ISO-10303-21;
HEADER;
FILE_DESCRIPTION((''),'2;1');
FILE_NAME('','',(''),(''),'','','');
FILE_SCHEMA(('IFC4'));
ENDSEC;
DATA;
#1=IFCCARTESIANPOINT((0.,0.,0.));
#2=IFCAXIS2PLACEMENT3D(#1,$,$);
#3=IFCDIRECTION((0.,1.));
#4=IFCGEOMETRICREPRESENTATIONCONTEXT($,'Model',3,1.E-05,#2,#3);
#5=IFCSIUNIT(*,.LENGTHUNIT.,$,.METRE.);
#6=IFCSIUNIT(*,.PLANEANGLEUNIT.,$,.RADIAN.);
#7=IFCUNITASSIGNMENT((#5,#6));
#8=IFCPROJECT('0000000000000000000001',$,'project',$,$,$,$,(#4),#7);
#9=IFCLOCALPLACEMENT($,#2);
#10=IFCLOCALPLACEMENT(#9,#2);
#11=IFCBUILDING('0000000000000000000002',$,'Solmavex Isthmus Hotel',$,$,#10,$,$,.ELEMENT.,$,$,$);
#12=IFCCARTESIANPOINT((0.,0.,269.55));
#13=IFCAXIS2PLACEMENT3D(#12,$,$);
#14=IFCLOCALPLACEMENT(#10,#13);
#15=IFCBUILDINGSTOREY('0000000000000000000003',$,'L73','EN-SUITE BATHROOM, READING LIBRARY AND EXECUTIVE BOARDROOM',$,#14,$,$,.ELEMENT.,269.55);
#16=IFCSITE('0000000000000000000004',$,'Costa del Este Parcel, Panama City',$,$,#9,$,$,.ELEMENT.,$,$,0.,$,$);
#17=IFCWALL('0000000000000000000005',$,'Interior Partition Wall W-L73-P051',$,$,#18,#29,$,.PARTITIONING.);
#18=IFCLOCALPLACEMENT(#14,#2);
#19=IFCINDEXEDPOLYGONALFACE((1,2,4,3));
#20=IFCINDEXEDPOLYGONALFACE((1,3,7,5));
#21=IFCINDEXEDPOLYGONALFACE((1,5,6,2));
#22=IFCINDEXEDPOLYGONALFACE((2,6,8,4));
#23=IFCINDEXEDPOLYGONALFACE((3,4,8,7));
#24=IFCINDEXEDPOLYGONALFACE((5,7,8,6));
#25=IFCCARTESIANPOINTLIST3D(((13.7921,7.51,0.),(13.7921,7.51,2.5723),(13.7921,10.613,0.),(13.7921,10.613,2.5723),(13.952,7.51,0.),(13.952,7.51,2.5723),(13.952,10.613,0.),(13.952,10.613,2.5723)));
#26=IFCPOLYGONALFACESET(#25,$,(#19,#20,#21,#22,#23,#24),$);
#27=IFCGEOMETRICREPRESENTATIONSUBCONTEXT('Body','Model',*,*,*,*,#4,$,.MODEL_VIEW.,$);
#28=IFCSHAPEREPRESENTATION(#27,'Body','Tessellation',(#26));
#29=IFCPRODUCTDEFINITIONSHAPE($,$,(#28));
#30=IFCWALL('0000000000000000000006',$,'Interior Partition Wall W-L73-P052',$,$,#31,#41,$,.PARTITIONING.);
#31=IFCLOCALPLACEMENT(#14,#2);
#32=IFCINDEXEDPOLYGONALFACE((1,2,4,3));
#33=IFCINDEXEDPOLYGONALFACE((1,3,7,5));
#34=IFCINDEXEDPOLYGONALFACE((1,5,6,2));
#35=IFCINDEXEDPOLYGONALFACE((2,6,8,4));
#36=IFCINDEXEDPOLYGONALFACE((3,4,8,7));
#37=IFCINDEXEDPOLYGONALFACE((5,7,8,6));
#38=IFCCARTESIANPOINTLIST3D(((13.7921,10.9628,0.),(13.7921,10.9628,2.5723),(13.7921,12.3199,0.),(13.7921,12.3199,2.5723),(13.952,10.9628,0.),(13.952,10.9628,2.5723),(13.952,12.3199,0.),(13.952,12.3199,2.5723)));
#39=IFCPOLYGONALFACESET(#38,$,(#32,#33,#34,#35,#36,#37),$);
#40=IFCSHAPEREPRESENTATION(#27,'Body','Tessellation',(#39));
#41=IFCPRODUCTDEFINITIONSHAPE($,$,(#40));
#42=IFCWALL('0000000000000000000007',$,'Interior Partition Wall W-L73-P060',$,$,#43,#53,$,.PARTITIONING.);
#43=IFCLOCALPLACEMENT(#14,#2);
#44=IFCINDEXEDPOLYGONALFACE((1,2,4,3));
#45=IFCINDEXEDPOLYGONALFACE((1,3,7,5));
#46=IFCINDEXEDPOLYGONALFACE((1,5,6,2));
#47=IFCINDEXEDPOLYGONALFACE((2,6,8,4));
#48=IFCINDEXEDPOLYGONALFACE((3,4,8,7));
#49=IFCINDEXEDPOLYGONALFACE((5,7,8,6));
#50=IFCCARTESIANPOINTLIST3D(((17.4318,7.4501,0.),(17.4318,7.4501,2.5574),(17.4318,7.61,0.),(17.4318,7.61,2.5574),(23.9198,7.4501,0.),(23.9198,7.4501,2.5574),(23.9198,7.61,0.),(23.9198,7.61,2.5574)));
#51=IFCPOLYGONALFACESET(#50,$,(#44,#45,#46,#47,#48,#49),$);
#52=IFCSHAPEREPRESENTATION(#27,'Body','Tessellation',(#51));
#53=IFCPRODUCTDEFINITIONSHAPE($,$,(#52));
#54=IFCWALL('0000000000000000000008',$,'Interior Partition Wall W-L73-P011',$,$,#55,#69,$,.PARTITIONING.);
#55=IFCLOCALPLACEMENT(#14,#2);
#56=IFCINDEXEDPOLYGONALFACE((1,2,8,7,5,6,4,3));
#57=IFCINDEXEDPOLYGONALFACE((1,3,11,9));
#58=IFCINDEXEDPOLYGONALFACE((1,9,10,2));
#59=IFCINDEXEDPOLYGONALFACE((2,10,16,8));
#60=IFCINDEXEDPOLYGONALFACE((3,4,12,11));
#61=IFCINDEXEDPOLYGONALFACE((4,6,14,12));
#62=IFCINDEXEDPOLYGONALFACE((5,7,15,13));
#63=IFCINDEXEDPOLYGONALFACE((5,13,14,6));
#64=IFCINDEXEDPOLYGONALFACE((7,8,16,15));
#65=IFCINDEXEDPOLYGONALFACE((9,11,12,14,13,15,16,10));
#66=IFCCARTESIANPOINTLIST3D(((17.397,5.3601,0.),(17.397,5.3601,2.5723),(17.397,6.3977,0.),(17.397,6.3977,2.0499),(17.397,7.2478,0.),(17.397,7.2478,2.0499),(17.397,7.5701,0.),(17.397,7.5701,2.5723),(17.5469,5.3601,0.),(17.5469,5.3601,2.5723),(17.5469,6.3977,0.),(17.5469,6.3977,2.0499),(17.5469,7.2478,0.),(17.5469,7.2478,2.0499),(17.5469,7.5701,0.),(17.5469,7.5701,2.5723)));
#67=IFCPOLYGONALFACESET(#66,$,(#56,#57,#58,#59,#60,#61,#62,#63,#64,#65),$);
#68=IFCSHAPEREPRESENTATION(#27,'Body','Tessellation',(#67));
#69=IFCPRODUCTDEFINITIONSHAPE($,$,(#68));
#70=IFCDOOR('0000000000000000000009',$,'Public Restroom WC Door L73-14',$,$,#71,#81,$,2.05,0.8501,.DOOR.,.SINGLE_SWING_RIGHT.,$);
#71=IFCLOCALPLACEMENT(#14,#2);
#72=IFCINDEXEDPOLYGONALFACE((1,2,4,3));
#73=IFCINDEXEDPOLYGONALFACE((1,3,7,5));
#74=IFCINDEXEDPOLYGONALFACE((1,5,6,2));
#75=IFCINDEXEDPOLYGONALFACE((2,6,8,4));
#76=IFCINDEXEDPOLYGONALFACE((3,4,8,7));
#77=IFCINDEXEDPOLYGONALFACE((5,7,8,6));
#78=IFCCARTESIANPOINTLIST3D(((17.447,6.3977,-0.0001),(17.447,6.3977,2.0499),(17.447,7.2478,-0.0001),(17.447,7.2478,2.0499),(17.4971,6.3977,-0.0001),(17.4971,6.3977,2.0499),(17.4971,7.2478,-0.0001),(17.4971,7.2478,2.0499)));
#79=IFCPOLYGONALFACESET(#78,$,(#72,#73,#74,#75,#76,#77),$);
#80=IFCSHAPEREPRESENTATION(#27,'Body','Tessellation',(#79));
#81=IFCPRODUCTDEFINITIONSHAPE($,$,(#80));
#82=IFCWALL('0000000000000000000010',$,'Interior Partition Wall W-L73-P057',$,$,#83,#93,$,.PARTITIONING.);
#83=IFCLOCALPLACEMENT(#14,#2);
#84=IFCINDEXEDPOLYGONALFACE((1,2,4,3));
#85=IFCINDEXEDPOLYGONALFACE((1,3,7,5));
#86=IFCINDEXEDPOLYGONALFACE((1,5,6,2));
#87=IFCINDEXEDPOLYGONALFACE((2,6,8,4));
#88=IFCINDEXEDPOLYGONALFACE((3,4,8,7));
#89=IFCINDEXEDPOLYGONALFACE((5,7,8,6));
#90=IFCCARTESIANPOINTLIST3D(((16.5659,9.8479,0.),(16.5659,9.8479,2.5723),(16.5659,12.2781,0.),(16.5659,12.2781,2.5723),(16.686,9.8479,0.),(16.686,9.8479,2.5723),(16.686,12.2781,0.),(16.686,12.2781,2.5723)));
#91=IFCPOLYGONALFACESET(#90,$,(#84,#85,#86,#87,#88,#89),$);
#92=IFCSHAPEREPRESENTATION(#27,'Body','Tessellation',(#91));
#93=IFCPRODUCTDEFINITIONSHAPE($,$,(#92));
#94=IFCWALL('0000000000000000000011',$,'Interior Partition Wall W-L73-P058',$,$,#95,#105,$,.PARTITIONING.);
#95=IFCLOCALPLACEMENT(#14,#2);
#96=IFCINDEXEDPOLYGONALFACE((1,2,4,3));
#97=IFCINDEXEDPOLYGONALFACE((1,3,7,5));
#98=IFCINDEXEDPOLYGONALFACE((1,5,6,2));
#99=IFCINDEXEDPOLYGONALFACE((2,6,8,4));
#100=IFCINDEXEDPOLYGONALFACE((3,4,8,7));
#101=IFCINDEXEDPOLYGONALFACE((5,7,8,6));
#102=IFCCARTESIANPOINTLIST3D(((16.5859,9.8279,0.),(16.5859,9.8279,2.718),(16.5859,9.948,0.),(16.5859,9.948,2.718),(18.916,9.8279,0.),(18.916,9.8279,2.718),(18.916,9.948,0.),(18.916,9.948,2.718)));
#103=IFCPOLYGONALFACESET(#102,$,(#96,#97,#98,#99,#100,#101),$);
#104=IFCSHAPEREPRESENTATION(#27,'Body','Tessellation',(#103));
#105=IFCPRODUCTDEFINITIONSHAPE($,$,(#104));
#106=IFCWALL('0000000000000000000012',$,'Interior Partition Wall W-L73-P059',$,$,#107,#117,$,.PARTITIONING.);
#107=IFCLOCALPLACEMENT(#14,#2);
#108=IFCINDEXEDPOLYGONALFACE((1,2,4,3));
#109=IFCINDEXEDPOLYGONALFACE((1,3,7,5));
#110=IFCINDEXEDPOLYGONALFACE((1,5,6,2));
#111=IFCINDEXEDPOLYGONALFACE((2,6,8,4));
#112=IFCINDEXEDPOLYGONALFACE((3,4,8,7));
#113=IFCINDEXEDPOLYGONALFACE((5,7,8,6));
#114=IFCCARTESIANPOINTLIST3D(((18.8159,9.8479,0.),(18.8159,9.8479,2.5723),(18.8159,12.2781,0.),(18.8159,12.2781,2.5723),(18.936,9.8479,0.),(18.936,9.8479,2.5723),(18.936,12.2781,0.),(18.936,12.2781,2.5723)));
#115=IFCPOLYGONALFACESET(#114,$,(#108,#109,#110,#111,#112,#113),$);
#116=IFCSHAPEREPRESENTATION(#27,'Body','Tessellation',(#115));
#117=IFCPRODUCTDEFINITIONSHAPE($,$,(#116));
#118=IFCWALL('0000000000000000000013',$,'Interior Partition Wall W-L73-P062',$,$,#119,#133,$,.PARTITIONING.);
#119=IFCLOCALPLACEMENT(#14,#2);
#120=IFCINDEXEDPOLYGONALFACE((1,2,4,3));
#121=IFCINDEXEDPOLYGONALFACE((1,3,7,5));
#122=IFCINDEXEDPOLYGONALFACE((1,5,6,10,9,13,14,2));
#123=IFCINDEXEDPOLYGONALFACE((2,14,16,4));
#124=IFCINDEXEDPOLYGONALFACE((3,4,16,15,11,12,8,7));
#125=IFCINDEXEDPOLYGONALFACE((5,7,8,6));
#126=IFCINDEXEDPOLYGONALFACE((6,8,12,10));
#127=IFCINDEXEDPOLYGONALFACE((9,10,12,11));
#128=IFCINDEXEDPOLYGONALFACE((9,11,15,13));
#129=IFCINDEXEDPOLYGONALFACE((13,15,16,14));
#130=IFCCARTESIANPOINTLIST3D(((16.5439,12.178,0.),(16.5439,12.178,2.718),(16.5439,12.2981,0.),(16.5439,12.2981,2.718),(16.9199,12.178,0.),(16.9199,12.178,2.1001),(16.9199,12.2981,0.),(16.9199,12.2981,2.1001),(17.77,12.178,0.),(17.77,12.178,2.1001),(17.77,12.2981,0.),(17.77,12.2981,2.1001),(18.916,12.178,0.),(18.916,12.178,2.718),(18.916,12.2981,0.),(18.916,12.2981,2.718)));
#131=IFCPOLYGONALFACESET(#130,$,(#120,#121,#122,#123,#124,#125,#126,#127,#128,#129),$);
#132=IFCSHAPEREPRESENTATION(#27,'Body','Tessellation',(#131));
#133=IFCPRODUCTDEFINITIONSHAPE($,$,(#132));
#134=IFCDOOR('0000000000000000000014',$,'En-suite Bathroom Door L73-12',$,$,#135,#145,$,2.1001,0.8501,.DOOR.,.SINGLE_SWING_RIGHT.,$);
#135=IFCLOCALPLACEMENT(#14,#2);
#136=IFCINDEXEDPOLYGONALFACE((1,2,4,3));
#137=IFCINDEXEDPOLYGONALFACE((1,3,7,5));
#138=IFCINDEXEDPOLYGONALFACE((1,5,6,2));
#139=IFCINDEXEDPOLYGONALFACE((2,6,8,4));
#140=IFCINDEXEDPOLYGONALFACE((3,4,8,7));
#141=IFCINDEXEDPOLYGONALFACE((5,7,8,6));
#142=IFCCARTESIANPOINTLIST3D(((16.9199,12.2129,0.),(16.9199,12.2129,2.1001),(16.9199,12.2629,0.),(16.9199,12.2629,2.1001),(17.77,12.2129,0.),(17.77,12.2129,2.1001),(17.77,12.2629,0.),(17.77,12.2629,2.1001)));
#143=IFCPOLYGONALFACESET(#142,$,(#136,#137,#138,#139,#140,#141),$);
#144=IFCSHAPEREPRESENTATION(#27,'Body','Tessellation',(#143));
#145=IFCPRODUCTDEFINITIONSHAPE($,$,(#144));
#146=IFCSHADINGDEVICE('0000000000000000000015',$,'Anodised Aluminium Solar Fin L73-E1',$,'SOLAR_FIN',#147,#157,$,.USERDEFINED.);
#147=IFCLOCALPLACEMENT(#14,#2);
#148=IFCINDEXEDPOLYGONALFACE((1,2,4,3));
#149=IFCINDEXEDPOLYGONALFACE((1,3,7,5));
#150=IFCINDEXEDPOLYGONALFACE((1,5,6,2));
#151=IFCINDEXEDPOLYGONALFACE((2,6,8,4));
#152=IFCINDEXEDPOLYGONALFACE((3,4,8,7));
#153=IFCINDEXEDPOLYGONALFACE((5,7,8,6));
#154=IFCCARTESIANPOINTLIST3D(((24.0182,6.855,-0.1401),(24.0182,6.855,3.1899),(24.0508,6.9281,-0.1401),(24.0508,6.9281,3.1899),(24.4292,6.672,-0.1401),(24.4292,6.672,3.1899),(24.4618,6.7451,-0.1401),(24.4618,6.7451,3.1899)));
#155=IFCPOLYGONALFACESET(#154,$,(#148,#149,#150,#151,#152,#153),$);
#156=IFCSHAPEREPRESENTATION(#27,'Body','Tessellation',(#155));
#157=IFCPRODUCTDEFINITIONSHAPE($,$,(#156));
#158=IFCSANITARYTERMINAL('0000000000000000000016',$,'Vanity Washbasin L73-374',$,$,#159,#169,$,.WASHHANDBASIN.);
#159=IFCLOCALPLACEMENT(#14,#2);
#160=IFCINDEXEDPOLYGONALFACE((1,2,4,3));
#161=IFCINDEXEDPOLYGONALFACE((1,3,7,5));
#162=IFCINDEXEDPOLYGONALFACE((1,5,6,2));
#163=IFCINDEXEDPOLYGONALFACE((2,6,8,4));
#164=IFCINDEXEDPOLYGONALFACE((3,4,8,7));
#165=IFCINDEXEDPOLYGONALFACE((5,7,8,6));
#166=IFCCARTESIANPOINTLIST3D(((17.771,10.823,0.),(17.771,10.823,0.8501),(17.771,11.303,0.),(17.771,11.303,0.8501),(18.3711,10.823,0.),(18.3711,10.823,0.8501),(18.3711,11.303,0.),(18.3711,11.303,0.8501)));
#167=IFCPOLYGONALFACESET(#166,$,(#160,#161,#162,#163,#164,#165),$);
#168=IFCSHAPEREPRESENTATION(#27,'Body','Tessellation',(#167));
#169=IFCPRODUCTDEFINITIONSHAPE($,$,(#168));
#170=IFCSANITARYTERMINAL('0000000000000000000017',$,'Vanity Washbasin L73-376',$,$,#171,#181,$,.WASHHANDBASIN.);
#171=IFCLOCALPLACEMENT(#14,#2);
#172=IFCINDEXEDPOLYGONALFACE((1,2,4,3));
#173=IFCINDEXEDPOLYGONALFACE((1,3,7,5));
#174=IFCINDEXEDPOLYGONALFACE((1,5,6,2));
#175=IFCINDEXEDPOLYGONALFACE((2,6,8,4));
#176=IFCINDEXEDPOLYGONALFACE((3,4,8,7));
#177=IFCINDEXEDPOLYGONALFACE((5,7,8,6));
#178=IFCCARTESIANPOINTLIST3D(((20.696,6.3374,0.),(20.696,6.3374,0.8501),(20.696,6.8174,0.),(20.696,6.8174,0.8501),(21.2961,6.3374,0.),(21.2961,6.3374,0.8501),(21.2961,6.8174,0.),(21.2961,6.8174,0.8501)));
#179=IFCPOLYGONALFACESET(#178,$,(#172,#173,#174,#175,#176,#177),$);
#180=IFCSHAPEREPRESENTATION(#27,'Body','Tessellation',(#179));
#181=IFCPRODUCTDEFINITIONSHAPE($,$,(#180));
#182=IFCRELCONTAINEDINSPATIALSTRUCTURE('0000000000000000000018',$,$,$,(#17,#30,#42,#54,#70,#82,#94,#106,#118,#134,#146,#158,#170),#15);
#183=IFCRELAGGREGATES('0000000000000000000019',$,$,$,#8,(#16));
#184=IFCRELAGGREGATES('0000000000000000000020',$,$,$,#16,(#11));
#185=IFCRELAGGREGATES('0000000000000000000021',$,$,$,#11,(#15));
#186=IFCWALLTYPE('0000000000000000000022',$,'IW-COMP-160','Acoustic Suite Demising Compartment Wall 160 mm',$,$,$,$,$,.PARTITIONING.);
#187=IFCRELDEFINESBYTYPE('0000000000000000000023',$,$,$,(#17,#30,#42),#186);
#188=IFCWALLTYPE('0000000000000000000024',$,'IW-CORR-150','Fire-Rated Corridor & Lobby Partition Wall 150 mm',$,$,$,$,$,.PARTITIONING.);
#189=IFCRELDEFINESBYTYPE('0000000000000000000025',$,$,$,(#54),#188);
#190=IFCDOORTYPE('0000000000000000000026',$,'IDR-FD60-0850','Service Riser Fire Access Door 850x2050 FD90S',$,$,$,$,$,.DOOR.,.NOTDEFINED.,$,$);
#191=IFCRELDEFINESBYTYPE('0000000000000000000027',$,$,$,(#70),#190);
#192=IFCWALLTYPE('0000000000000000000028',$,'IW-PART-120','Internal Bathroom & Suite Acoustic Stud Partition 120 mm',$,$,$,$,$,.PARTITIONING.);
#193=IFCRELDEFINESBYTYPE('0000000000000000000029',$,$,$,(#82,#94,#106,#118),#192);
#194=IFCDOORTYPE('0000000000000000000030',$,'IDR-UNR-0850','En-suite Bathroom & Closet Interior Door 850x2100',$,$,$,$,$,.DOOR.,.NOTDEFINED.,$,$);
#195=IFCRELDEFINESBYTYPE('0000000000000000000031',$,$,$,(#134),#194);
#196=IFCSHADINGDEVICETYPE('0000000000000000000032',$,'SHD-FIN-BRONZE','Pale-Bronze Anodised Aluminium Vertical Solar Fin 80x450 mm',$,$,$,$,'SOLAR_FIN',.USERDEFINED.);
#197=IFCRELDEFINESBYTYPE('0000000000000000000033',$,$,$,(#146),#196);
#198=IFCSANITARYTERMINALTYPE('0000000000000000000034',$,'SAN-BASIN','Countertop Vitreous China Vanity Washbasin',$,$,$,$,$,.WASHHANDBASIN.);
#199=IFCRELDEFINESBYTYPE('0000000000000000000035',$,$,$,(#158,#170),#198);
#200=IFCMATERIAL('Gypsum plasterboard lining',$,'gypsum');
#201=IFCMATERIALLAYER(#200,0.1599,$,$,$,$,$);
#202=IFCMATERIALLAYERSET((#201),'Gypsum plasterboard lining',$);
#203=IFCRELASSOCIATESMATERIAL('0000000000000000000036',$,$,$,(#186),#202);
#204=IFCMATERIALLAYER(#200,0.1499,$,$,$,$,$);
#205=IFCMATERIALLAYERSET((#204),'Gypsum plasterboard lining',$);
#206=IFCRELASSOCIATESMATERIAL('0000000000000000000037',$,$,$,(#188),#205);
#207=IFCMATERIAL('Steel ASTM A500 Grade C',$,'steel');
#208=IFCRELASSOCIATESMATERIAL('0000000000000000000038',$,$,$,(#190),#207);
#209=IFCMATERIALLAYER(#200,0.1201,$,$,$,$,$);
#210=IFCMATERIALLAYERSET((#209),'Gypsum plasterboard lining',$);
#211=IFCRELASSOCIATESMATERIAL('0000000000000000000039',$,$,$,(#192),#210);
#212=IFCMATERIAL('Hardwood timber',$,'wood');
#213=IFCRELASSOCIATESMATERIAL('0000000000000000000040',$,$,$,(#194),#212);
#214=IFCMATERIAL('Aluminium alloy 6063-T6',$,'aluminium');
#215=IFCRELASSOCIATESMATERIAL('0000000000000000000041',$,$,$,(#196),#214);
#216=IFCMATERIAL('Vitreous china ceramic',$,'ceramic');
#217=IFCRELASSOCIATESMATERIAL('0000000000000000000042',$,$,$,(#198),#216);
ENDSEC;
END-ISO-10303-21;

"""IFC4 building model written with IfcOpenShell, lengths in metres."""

from ifc_helpers import new_model, si_unit, direction, frame, frame_2d, origin, origin_2d, place, context, subcontext, project, spatial, rectangle, extrude, material, layer, layer_set, type_object, element, fill, save


model = new_model("IFC4")

# Units and contexts
model_context = context("Model", 3, precision=1e-05, world=origin(), true_north=direction((0.0, 1.0)))
body_context = subcontext(model_context, "Body", "Model", "MODEL_VIEW")
ifc_project = project(units=[si_unit("LENGTHUNIT", "METRE"), si_unit("PLANEANGLEUNIT", "RADIAN")], contexts=[model_context])

# Site, building, storey
site_placement = place(None, origin())
site = spatial("IfcSite", under=ifc_project, at=site_placement, Name="Costa del Este Parcel, Panama City", CompositionType="ELEMENT", RefElevation=0.0)
building_placement = place(site_placement, origin())
building = spatial("IfcBuilding", under=site, at=building_placement, Name="Solmavex Isthmus Hotel", CompositionType="ELEMENT")
storey_placement = place(building_placement, frame((0.0, 0.0, 269.55)))
storey = spatial("IfcBuildingStorey", under=building, at=storey_placement, Name="L73", Description="EN-SUITE BATHROOM, READING LIBRARY AND EXECUTIVE BOARDROOM", CompositionType="ELEMENT", Elevation=269.55)

# Shared definitions
ifc_material_1 = material(Name="Aluminium alloy 6063-T6", Category="aluminium")

# Walls
ifc_material_2 = material(Name="Gypsum plasterboard lining", Category="gypsum")
ifc_layer_1 = layer(ifc_material_2, 0.1599)
ifc_layer_set_1 = layer_set([ifc_layer_1], Name="Gypsum plasterboard lining")
wall_type_1 = type_object("IfcWallType", Name="IW-COMP-160", Description="Acoustic Suite Demising Compartment Wall 160 mm", PredefinedType="PARTITIONING", material=ifc_layer_set_1)
wall_1_placement = place(storey_placement, frame((13.8721, 10.613, 0.0), z_axis=(0.0, 0.0, 1.0), x_axis=(0.0, -1.0, 0.0)))
element("IfcWall", 1, at=wall_1_placement, inside=storey, type_object=wall_type_1, Name="Interior Partition Wall W-L73-P051", PredefinedType="PARTITIONING", context=body_context, shape_type="SweptSolid", body=[
    extrude(rectangle(XDim=3.103, YDim=0.1599, at=frame_2d((1.5515, 0.0))), origin(), (0.0, 0.0, 1.0), 2.5723),
])
wall_2_placement = place(storey_placement, frame((13.8721, 12.3201, 0.0), z_axis=(0.0, 0.0, 1.0), x_axis=(0.0, -1.0, 0.0)))
element("IfcWall", 2, at=wall_2_placement, inside=storey, type_object=wall_type_1, Name="Interior Partition Wall W-L73-P052", PredefinedType="PARTITIONING", context=body_context, shape_type="SweptSolid", body=[
    extrude(rectangle(XDim=1.3572, YDim=0.1599, at=frame_2d((0.6787, 0.0))), origin(), (0.0, 0.0, 1.0), 2.5723),
])

# Shared definitions
ifc_material_3 = material(Name="Hardwood timber", Category="wood")

# Wall
wall_3_placement = place(storey_placement, frame((23.9199, 7.53, 0.0), z_axis=(0.0, 0.0, 1.0), x_axis=(-1.0, 0.0, 0.0)))
element("IfcWall", 3, at=wall_3_placement, inside=storey, type_object=wall_type_1, Name="Interior Partition Wall W-L73-P060", PredefinedType="PARTITIONING", context=body_context, shape_type="SweptSolid", body=[
    extrude(rectangle(XDim=6.488, YDim=0.1599, at=frame_2d((3.2441, 0.0))), origin(), (0.0, 0.0, 1.0), 2.5574),
])

# Wall, opening, door
ifc_layer_2 = layer(ifc_material_2, 0.1499)
ifc_layer_set_2 = layer_set([ifc_layer_2], Name="Gypsum plasterboard lining")
wall_type_2 = type_object("IfcWallType", Name="IW-CORR-150", Description="Fire-Rated Corridor & Lobby Partition Wall 150 mm", PredefinedType="PARTITIONING", material=ifc_layer_set_2)
wall_4_placement = place(storey_placement, frame((17.4719, 7.5701, 0.0), z_axis=(0.0, 0.0, 1.0), x_axis=(0.0, -1.0, 0.0)))
wall_4 = element("IfcWall", 4, at=wall_4_placement, inside=storey, type_object=wall_type_2, Name="Interior Partition Wall W-L73-P011", PredefinedType="PARTITIONING", context=body_context, shape_type="SweptSolid", body=[
    extrude(rectangle(XDim=2.21, YDim=0.1499, at=frame_2d((1.105, 0.0))), origin(), (0.0, 0.0, 1.0), 2.5723),
])
opening_1_placement = place(wall_4_placement, frame((0.3223, 0.0, 0.0)))
opening_1 = element("IfcOpeningElement", 5, at=opening_1_placement, cuts=wall_4, PredefinedType="OPENING", context=body_context, shape_type="SweptSolid", body=[
    extrude(rectangle(XDim=0.8501, YDim=2.05, at=frame_2d((0.425, 1.0249))), frame((0.0, 0.085, 0.0), z_axis=(0.0, -1.0, 0.0), x_axis=(1.0, 0.0, 0.0)), (0.0, 0.0, 1.0), 0.1699),
])
ifc_material_4 = material(Name="Steel ASTM A500 Grade C", Category="steel")
door_type_1 = type_object("IfcDoorType", Name="IDR-FD60-0850", Description="Service Riser Fire Access Door 850x2050 FD90S", OperationType="NOTDEFINED", PredefinedType="DOOR", material=ifc_material_4)
door_1_placement = place(opening_1_placement, frame((0.8501, 0.0, 0.0), z_axis=(0.0, 0.0, 1.0), x_axis=(-1.0, 0.0, 0.0)))
door_1 = element("IfcDoor", 6, at=door_1_placement, inside=storey, type_object=door_type_1, Name="Public Restroom WC Door L73-14", OperationType="SINGLE_SWING_RIGHT", OverallHeight=2.05, OverallWidth=0.8501, PredefinedType="DOOR", context=body_context, shape_type="SweptSolid", body=[
    extrude(rectangle(XDim=0.8501, YDim=2.05, at=frame_2d((0.425, 1.0249))), frame((0.0, 0.0249, 0.0), z_axis=(0.0, -1.0, 0.0), x_axis=(1.0, 0.0, 0.0)), (0.0, 0.0, 1.0), 0.05),
])
fill(opening_1, door_1)

# Walls
ifc_layer_3 = layer(ifc_material_2, 0.1201)
ifc_layer_set_3 = layer_set([ifc_layer_3], Name="Gypsum plasterboard lining")
wall_type_3 = type_object("IfcWallType", Name="IW-PART-120", Description="Internal Bathroom & Suite Acoustic Stud Partition 120 mm", PredefinedType="PARTITIONING", material=ifc_layer_set_3)
wall_5_placement = place(storey_placement, frame((16.626, 12.2781, 0.0), z_axis=(0.0, 0.0, 1.0), x_axis=(0.0, -1.0, 0.0)))
element("IfcWall", 7, at=wall_5_placement, inside=storey, type_object=wall_type_3, Name="Interior Partition Wall W-L73-P057", PredefinedType="PARTITIONING", context=body_context, shape_type="SweptSolid", body=[
    extrude(rectangle(XDim=2.4302, YDim=0.1201, at=frame_2d((1.2151, 0.0))), origin(), (0.0, 0.0, 1.0), 2.5723),
])
wall_6_placement = place(storey_placement, frame((16.5859, 9.8879, 0.0), z_axis=(0.0, 0.0, 1.0), x_axis=(1.0, 0.0, 0.0)))
element("IfcWall", 8, at=wall_6_placement, inside=storey, type_object=wall_type_3, Name="Interior Partition Wall W-L73-P058", PredefinedType="PARTITIONING", context=body_context, shape_type="SweptSolid", body=[
    extrude(rectangle(XDim=2.3301, YDim=0.1201, at=frame_2d((1.165, 0.0))), origin(), (0.0, 0.0, 1.0), 2.718),
])
wall_7_placement = place(storey_placement, frame((18.876, 9.8479, 0.0), z_axis=(0.0, 0.0, 1.0), x_axis=(0.0, 1.0, 0.0)))
element("IfcWall", 9, at=wall_7_placement, inside=storey, type_object=wall_type_3, Name="Interior Partition Wall W-L73-P059", PredefinedType="PARTITIONING", context=body_context, shape_type="SweptSolid", body=[
    extrude(rectangle(XDim=2.4302, YDim=0.1201, at=frame_2d((1.2151, 0.0))), origin(), (0.0, 0.0, 1.0), 2.5723),
])

# Wall, opening, door
wall_8_placement = place(storey_placement, frame((18.916, 12.238, 0.0), z_axis=(0.0, 0.0, 1.0), x_axis=(-1.0, 0.0, 0.0)))
wall_8 = element("IfcWall", 10, at=wall_8_placement, inside=storey, type_object=wall_type_3, Name="Interior Partition Wall W-L73-P062", PredefinedType="PARTITIONING", context=body_context, shape_type="SweptSolid", body=[
    extrude(rectangle(XDim=2.3721, YDim=0.1201, at=frame_2d((1.186, 0.0))), origin(), (0.0, 0.0, 1.0), 2.718),
])
opening_2_placement = place(wall_8_placement, frame((1.146, 0.0, 0.0)))
opening_2 = element("IfcOpeningElement", 11, at=opening_2_placement, cuts=wall_8, PredefinedType="OPENING", context=body_context, shape_type="SweptSolid", body=[
    extrude(rectangle(XDim=0.8501, YDim=2.1001, at=frame_2d((0.425, 1.05))), frame((0.0, 0.0701, 0.0), z_axis=(0.0, -1.0, 0.0), x_axis=(1.0, 0.0, 0.0)), (0.0, 0.0, 1.0), 0.1401),
])
door_type_2 = type_object("IfcDoorType", Name="IDR-UNR-0850", Description="En-suite Bathroom & Closet Interior Door 850x2100", OperationType="NOTDEFINED", PredefinedType="DOOR", material=ifc_material_3)
door_2_placement = place(opening_2_placement, frame((0.8501, 0.0, 0.0), z_axis=(0.0, 0.0, 1.0), x_axis=(-1.0, 0.0, 0.0)))
door_2 = element("IfcDoor", 12, at=door_2_placement, inside=storey, type_object=door_type_2, Name="En-suite Bathroom Door L73-12", OperationType="SINGLE_SWING_RIGHT", OverallHeight=2.1001, OverallWidth=0.8501, PredefinedType="DOOR", context=body_context, shape_type="SweptSolid", body=[
    extrude(rectangle(XDim=0.8501, YDim=2.1001, at=frame_2d((0.425, 1.05))), frame((0.0, 0.0249, 0.0), z_axis=(0.0, -1.0, 0.0), x_axis=(1.0, 0.0, 0.0)), (0.0, 0.0, 1.0), 0.05),
])
fill(opening_2, door_2)

# Shading device
shading_device_type = type_object("IfcShadingDeviceType", Name="SHD-FIN-BRONZE", Description="Pale-Bronze Anodised Aluminium Vertical Solar Fin 80x450 mm", ElementType="SOLAR_FIN", PredefinedType="USERDEFINED", material=ifc_material_1)
shading_device_placement = place(storey_placement, frame((24.24, 6.8, -0.1401), z_axis=(0.0, 0.0, 1.0), x_axis=(0.913545, -0.406737, 0.0)))
element("IfcShadingDevice", 13, at=shading_device_placement, inside=storey, type_object=shading_device_type, Name="Anodised Aluminium Solar Fin L73-E1", ObjectType="SOLAR_FIN", PredefinedType="USERDEFINED", context=body_context, shape_type="SweptSolid", body=[
    extrude(rectangle(XDim=0.45, YDim=0.0801, at=origin_2d()), origin(), (0.0, 0.0, 1.0), 3.3301),
])

# Sanitary terminals
ifc_material_5 = material(Name="Vitreous china ceramic", Category="ceramic")
sanitary_terminal_type_1 = type_object("IfcSanitaryTerminalType", Name="SAN-BASIN", Description="Countertop Vitreous China Vanity Washbasin", PredefinedType="WASHHANDBASIN", material=ifc_material_5)
for number, where, z_axis, x_axis, name in (
    (14, (18.071, 11.063, 0.0), (0.0, 0.0, 1.0), (1.0, 0.0, 0.0), "Vanity Washbasin L73-374"),
    (15, (20.9961, 6.5774, 0.0), (0.0, 0.0, 1.0), (1.0, 0.0, 0.0), "Vanity Washbasin L73-376"),
):
    element("IfcSanitaryTerminal", number, at=place(storey_placement, frame(where, z_axis=z_axis, x_axis=x_axis)), inside=storey, type_object=sanitary_terminal_type_1, Name=name, PredefinedType="WASHHANDBASIN", context=body_context, shape_type="SweptSolid", body=[
        extrude(rectangle(XDim=0.6001, YDim=0.48, at=origin_2d()), origin(), (0.0, 0.0, 1.0), 0.8501),
    ])

save(model, "model.ifc")
